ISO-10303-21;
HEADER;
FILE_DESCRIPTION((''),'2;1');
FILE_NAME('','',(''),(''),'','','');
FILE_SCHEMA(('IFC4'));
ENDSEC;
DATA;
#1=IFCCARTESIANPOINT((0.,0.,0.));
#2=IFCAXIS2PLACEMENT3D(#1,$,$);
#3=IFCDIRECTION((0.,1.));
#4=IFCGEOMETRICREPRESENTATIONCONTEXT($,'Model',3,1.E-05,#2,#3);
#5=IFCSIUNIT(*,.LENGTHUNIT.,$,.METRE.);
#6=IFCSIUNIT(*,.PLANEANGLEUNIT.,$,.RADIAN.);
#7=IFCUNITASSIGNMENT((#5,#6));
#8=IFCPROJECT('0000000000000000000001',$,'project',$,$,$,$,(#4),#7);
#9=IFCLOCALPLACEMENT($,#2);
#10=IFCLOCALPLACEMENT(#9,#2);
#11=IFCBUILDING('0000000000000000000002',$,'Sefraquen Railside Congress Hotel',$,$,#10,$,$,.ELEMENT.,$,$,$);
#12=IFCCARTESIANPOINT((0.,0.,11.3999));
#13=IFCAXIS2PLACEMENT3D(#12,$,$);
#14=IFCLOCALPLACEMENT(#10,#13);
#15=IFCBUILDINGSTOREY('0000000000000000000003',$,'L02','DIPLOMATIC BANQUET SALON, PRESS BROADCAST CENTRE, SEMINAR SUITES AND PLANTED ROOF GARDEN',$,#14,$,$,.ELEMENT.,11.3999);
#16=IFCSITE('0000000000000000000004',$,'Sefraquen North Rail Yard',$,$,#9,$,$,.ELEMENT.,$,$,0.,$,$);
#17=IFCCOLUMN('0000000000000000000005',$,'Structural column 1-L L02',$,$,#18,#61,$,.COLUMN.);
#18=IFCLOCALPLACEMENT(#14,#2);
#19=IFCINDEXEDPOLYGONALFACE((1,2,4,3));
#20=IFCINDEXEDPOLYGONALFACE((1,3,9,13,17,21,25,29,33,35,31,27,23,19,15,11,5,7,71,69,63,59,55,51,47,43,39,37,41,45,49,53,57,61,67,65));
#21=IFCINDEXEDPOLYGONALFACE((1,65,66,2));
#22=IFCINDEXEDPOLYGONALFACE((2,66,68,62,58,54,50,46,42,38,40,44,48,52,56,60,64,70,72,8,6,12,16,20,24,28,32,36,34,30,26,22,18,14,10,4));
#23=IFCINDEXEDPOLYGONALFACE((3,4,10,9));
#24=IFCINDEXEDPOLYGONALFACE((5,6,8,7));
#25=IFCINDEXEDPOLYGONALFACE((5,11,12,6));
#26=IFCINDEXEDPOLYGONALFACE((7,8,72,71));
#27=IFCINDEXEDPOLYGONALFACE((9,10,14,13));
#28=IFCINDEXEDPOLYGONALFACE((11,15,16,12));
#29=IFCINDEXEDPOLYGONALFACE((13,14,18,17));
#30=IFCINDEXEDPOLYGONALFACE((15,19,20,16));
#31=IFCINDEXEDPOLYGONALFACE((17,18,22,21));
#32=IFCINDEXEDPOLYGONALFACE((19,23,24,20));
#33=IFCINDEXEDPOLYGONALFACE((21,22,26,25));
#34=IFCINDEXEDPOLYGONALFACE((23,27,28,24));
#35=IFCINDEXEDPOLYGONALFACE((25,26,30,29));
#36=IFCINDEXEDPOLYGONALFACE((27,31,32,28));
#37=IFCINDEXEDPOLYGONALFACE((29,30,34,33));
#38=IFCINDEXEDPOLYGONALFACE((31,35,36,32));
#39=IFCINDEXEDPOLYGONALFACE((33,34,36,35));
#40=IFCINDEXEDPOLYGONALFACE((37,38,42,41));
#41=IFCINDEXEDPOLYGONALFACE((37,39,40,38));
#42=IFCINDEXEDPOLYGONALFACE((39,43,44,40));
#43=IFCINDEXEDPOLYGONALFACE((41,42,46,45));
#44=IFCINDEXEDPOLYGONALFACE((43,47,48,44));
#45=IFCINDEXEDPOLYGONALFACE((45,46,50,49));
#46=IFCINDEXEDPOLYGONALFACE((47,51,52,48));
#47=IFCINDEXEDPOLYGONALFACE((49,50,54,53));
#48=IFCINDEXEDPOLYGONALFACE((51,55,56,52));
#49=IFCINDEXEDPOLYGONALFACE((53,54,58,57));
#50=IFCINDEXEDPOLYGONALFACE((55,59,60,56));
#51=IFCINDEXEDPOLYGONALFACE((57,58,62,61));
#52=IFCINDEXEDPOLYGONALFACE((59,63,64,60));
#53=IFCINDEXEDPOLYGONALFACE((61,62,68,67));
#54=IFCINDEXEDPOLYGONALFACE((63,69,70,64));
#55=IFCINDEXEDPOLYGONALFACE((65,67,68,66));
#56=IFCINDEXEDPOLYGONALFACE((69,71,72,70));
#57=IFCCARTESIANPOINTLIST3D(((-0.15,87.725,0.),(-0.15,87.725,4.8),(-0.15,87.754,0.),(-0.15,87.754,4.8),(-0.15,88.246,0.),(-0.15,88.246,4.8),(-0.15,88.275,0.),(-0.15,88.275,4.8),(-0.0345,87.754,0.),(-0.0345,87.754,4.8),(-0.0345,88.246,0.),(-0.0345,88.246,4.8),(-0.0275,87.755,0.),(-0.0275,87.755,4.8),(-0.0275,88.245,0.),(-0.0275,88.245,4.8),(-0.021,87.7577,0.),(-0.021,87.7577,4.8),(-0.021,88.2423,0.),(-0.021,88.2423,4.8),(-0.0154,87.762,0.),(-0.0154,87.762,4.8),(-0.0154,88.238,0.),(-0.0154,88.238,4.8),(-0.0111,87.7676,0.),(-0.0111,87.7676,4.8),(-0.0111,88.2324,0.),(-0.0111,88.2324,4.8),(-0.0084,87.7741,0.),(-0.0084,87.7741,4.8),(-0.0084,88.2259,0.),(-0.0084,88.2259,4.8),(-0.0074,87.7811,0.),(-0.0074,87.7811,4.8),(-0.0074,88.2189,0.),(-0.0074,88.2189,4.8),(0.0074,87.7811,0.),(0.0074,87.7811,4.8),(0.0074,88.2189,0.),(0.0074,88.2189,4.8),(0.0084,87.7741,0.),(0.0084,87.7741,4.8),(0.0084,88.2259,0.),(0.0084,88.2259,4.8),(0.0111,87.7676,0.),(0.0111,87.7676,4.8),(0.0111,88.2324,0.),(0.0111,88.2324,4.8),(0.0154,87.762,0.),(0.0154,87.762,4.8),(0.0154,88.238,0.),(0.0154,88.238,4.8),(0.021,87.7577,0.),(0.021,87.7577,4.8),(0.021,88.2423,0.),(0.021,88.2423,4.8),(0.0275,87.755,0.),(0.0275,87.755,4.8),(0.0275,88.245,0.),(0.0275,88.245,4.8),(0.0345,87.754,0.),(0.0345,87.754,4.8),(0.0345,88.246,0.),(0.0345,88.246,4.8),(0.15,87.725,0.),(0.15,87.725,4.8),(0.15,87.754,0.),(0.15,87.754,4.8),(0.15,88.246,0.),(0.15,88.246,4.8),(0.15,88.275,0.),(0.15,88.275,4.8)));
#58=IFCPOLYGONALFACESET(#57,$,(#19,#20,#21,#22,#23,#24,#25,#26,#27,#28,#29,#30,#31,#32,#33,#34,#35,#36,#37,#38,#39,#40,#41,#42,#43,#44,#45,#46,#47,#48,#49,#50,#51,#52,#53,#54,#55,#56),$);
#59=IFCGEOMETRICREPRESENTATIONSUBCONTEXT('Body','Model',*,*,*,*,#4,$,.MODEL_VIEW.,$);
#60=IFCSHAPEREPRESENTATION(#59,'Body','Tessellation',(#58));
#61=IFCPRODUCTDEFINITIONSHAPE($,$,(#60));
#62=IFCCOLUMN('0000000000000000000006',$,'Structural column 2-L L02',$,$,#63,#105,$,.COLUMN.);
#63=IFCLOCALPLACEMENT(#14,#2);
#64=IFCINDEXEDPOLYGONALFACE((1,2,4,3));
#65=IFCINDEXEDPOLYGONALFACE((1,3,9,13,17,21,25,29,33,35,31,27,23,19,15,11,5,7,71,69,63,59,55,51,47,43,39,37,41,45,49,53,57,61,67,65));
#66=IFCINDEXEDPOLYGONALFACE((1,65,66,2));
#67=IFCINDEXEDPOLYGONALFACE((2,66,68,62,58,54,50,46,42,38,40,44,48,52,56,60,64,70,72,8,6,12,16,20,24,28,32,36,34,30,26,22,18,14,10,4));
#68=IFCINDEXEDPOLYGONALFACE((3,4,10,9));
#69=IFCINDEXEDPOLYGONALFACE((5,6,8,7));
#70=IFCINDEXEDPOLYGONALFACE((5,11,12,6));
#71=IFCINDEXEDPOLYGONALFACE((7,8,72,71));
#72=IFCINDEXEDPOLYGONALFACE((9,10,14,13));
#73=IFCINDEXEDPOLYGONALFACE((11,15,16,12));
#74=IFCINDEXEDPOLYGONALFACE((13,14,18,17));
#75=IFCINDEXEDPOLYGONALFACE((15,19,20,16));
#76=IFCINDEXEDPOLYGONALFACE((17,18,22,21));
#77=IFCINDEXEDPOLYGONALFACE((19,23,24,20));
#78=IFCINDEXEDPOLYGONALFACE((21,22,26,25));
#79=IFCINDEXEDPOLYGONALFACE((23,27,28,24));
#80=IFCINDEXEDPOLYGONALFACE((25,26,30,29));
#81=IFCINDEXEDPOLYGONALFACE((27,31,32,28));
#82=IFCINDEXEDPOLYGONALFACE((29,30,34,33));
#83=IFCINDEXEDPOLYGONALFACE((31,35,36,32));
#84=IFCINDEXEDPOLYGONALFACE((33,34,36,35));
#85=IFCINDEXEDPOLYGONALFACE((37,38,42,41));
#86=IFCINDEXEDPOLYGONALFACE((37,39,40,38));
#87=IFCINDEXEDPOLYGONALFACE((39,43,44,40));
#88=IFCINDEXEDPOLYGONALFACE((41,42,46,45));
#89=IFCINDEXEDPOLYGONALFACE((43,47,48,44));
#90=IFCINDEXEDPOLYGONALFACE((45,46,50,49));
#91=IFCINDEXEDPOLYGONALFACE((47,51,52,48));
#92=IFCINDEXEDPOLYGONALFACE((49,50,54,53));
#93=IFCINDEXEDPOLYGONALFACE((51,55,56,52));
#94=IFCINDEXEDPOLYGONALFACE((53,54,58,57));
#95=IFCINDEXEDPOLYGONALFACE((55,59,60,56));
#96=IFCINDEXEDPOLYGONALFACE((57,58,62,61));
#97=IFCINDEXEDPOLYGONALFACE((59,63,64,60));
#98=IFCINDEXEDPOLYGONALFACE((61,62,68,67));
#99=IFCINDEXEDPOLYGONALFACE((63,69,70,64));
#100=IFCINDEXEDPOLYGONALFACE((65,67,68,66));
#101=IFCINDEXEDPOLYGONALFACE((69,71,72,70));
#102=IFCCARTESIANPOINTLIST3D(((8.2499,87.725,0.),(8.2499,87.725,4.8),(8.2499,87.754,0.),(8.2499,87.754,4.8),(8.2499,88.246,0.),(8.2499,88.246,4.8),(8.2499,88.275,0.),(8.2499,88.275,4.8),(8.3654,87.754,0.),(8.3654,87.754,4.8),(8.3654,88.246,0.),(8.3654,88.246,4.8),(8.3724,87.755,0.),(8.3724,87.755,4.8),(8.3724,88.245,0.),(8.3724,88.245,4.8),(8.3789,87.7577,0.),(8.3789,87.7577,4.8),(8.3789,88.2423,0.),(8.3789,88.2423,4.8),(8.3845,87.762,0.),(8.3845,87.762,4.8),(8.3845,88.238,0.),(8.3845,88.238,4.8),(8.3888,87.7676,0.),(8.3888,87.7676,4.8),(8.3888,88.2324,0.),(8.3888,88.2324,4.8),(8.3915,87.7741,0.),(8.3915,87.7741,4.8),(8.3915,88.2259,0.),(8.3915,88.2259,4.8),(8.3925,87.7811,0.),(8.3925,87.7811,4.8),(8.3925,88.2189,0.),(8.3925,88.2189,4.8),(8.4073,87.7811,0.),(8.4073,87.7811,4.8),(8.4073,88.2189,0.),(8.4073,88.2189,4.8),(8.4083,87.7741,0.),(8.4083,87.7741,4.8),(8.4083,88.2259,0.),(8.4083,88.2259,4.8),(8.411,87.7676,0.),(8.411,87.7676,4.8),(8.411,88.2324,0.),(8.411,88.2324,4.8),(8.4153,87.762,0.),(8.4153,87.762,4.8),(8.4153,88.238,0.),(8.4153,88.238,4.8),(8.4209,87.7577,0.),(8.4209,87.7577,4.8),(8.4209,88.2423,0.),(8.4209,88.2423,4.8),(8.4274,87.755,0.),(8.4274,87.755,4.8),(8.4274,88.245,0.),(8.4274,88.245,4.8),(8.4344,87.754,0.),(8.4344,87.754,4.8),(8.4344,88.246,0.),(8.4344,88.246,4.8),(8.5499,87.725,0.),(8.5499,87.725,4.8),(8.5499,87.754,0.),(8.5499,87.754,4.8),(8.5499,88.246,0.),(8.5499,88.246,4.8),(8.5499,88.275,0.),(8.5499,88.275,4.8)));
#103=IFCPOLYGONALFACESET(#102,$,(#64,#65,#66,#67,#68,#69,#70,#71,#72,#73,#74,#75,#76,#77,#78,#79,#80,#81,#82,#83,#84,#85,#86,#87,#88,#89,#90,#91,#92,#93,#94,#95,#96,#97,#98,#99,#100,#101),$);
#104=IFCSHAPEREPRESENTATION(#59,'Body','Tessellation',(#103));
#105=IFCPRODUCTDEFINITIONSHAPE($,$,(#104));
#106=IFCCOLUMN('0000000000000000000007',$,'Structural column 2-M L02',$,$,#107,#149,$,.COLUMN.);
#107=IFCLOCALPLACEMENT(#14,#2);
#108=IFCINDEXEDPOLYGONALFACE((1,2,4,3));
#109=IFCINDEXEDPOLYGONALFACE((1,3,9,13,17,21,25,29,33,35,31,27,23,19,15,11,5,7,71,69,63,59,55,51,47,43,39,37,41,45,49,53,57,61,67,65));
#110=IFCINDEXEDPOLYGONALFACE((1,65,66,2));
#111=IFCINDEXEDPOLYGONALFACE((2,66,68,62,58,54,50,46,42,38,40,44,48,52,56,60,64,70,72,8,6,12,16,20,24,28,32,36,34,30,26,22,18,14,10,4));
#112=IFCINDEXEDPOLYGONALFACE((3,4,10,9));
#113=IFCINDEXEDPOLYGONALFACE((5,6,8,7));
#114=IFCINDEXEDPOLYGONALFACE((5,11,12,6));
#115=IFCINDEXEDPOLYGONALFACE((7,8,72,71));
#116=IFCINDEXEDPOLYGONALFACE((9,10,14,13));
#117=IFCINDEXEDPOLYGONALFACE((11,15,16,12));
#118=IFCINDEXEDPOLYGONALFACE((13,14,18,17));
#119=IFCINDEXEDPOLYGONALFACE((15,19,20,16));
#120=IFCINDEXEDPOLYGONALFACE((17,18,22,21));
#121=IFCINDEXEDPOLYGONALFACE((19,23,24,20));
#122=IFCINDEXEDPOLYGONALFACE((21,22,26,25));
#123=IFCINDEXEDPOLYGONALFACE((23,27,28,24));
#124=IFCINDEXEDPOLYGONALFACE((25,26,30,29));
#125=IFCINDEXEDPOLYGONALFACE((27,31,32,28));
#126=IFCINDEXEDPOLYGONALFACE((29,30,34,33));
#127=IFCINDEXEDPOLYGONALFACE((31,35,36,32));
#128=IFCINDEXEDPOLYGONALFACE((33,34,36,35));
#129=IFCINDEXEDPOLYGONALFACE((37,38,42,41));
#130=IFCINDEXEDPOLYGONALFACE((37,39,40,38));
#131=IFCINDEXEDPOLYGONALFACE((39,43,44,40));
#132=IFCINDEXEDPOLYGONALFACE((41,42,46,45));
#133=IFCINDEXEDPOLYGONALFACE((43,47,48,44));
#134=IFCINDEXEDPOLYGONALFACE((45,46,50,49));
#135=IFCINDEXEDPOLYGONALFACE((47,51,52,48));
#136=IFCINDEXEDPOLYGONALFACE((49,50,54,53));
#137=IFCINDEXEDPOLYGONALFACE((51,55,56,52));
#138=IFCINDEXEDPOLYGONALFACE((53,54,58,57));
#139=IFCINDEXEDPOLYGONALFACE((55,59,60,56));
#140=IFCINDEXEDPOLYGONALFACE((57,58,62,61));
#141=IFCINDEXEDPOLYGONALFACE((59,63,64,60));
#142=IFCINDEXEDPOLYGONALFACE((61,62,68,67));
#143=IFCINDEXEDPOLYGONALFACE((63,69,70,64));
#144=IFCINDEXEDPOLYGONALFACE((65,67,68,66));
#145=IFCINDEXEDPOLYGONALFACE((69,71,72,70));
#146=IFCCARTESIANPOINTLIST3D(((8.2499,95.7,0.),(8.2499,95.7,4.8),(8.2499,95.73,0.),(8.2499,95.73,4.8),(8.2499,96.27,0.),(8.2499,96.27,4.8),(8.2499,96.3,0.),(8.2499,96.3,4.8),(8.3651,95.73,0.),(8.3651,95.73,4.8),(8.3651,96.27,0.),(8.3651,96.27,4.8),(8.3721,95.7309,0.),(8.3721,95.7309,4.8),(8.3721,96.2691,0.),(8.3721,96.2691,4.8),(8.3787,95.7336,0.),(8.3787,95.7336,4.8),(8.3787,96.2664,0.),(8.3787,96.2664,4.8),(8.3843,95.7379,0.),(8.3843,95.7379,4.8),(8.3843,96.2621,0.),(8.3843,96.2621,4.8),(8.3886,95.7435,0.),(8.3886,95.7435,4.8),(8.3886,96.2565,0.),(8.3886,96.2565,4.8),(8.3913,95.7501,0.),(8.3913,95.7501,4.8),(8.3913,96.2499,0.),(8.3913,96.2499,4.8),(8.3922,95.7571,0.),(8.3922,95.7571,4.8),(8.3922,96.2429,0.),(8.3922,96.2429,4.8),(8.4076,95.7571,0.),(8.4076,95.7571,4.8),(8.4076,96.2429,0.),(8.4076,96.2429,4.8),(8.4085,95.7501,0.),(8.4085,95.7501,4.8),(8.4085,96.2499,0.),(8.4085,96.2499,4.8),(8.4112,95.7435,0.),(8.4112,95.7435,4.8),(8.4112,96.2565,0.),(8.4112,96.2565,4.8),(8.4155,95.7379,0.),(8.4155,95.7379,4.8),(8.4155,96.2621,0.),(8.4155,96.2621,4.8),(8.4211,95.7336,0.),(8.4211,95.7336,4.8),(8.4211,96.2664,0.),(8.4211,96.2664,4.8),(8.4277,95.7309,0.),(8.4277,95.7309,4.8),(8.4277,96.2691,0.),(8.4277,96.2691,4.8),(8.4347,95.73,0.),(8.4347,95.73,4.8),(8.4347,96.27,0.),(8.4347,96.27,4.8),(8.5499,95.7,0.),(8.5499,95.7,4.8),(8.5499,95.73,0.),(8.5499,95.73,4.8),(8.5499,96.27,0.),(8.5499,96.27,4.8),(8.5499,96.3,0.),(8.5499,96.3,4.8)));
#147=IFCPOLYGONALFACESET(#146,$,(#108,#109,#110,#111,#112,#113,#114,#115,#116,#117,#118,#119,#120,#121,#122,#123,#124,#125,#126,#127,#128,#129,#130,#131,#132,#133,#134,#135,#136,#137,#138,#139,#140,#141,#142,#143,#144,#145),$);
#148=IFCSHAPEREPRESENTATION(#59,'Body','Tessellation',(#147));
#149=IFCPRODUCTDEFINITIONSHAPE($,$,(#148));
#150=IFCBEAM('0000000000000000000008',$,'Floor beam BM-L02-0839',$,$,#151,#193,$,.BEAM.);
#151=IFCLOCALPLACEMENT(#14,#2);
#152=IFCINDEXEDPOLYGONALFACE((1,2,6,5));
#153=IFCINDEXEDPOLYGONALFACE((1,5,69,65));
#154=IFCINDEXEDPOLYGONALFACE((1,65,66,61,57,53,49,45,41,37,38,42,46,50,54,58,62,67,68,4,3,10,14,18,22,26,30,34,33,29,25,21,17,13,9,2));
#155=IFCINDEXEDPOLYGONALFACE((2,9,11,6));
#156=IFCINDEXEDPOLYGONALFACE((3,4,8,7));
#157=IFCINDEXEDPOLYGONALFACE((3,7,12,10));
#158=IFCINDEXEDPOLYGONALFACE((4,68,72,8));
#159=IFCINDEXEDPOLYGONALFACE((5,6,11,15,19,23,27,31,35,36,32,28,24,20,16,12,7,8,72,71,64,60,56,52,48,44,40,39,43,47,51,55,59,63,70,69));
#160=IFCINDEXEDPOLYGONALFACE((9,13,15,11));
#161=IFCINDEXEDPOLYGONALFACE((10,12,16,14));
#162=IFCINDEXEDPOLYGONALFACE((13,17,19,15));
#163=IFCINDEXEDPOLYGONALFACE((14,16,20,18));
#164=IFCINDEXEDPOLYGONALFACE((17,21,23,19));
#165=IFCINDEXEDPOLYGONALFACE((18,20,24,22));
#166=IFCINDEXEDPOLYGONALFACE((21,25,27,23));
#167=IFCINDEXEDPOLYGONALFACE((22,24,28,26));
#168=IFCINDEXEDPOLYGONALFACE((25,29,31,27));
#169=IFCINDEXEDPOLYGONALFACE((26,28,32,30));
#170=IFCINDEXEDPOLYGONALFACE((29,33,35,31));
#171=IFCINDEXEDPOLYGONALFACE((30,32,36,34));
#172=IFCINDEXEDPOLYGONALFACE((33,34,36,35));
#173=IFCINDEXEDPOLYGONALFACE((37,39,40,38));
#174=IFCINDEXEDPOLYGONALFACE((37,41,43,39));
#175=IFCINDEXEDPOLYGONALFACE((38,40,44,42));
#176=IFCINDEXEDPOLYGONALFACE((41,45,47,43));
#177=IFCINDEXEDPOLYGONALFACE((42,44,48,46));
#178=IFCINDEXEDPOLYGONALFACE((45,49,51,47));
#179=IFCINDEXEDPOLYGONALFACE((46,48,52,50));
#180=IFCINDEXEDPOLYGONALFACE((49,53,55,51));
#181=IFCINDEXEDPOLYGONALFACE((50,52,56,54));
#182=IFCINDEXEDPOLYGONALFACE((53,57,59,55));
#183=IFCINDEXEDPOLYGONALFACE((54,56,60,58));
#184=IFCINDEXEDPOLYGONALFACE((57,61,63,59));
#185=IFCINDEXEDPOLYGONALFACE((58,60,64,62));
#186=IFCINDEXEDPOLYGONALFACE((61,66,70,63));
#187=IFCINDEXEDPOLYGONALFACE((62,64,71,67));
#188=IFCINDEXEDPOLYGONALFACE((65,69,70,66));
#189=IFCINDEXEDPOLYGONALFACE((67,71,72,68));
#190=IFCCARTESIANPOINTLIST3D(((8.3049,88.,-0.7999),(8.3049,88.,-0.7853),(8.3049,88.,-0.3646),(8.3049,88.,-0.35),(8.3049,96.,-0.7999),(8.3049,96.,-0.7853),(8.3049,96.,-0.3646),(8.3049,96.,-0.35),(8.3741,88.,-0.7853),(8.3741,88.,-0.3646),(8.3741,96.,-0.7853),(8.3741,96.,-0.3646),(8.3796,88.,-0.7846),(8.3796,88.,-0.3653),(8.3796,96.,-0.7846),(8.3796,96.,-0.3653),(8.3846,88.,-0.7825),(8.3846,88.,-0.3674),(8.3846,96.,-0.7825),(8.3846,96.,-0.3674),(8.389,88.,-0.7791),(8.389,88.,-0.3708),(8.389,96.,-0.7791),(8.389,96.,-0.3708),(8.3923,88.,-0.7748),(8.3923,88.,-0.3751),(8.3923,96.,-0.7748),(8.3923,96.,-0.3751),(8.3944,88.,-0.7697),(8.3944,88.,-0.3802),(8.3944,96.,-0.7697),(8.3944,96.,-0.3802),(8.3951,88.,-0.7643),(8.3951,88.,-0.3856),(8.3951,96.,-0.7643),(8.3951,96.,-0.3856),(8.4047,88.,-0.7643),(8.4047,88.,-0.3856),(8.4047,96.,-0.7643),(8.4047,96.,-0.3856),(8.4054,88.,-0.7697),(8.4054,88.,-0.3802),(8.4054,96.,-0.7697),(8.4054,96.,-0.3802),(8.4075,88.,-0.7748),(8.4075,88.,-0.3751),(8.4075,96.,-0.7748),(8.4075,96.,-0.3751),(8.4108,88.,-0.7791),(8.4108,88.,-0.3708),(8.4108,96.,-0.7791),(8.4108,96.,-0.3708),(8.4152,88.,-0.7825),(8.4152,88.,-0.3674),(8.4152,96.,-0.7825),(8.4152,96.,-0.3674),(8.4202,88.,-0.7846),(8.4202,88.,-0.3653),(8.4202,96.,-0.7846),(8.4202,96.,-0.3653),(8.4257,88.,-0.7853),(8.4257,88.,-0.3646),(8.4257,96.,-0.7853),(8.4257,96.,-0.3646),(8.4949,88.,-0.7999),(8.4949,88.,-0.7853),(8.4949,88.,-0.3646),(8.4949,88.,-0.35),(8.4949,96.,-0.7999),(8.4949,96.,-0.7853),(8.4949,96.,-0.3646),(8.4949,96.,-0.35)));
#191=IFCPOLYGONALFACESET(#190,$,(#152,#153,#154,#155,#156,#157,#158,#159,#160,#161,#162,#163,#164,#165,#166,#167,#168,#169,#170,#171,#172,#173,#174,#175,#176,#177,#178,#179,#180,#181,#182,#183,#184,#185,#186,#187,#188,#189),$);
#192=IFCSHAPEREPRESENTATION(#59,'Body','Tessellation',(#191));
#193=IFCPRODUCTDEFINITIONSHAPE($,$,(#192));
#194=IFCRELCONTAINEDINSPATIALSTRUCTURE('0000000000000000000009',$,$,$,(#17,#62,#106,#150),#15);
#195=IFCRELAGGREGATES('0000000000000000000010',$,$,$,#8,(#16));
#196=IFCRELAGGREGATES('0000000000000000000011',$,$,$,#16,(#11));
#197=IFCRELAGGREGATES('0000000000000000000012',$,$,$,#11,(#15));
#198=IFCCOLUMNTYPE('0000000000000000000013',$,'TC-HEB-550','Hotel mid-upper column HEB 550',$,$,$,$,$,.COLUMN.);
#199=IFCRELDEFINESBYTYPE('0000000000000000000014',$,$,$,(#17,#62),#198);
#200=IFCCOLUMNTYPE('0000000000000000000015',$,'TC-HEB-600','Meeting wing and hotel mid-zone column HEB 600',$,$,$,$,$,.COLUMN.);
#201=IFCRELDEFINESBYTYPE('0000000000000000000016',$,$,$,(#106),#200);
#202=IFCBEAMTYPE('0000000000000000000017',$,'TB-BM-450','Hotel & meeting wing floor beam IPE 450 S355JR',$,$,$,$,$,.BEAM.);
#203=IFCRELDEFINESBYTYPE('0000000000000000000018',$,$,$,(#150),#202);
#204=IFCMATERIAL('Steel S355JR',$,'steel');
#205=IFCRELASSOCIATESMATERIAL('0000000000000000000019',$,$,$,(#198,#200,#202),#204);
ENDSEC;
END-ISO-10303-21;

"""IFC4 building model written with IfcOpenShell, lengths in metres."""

from ifc_helpers import new_model, si_unit, direction, frame, origin, origin_2d, place, context, subcontext, project, spatial, i_section, extrude, material, material_profile, profile_set, type_object, element, save


model = new_model("IFC4")

# Units and contexts
model_context = context("Model", 3, precision=1e-05, world=origin(), true_north=direction((0.0, 1.0)))
body_context = subcontext(model_context, "Body", "Model", "MODEL_VIEW")
ifc_project = project(units=[si_unit("LENGTHUNIT", "METRE"), si_unit("PLANEANGLEUNIT", "RADIAN")], contexts=[model_context])

# Site, building, storey
site_placement = place(None, origin())
site = spatial("IfcSite", under=ifc_project, at=site_placement, Name="Sefraquen North Rail Yard", CompositionType="ELEMENT", RefElevation=0.0)
building_placement = place(site_placement, origin())
building = spatial("IfcBuilding", under=site, at=building_placement, Name="Sefraquen Railside Congress Hotel", CompositionType="ELEMENT")
storey_placement = place(building_placement, frame((0.0, 0.0, 11.3999)))
storey = spatial("IfcBuildingStorey", under=building, at=storey_placement, Name="L02", Description="DIPLOMATIC BANQUET SALON, PRESS BROADCAST CENTRE, SEMINAR SUITES AND PLANTED ROOF GARDEN", CompositionType="ELEMENT", Elevation=11.3999)

# Columns
ifc_material_1 = material(Name="Steel S355JR", Category="steel")
ifc_material_profile_1 = material_profile(ifc_material_1, i_section(OverallWidth=0.3, OverallDepth=0.55, WebThickness=0.0149, FlangeThickness=0.0291, FilletRadius=0.0271, at=origin_2d()), Name="HEB 550")
ifc_profile_set_1 = profile_set([ifc_material_profile_1], Name="Steel S355JR")
column_type_1 = type_object("IfcColumnType", Name="TC-HEB-550", Description="Hotel mid-upper column HEB 550", PredefinedType="COLUMN", material=ifc_profile_set_1)
for number, where, z_axis, x_axis, name in (
    (1, (0.0, 88.0, 0.0), (0.0, 0.0, 1.0), (1.0, 0.0, 0.0), "Structural column 1-L L02"),
    (2, (8.3999, 88.0, 0.0), (0.0, 0.0, 1.0), (1.0, 0.0, 0.0), "Structural column 2-L L02"),
):
    element("IfcColumn", number, at=place(storey_placement, frame(where, z_axis=z_axis, x_axis=x_axis)), inside=storey, type_object=column_type_1, Name=name, PredefinedType="COLUMN", context=body_context, shape_type="SweptSolid", body=[
        extrude(i_section(OverallWidth=0.3, OverallDepth=0.55, WebThickness=0.0149, FlangeThickness=0.0291, FilletRadius=0.0271, at=origin_2d()), origin(), (0.0, 0.0, 1.0), 4.8),
    ])
ifc_material_profile_2 = material_profile(ifc_material_1, i_section(OverallWidth=0.3, OverallDepth=0.6001, WebThickness=0.0154, FlangeThickness=0.03, FilletRadius=0.0271, at=origin_2d()), Name="HEB 600")
ifc_profile_set_2 = profile_set([ifc_material_profile_2], Name="Steel S355JR")
column_type_2 = type_object("IfcColumnType", Name="TC-HEB-600", Description="Meeting wing and hotel mid-zone column HEB 600", PredefinedType="COLUMN", material=ifc_profile_set_2)
column_placement = place(storey_placement, frame((8.3999, 96.0, 0.0), z_axis=(0.0, 0.0, 1.0), x_axis=(1.0, 0.0, 0.0)))
element("IfcColumn", 3, at=column_placement, inside=storey, type_object=column_type_2, Name="Structural column 2-M L02", PredefinedType="COLUMN", context=body_context, shape_type="SweptSolid", body=[
    extrude(i_section(OverallWidth=0.3, OverallDepth=0.6001, WebThickness=0.0154, FlangeThickness=0.03, FilletRadius=0.0271, at=origin_2d()), origin(), (0.0, 0.0, 1.0), 4.8),
])

# Beam
ifc_material_profile_3 = material_profile(ifc_material_1, i_section(OverallWidth=0.1899, OverallDepth=0.45, WebThickness=0.0095, FlangeThickness=0.0146, FilletRadius=0.021, at=origin_2d()), Name="IPE 450")
ifc_profile_set_3 = profile_set([ifc_material_profile_3], Name="Steel S355JR")
beam_type_1 = type_object("IfcBeamType", Name="TB-BM-450", Description="Hotel & meeting wing floor beam IPE 450 S355JR", PredefinedType="BEAM", material=ifc_profile_set_3)
beam_1_placement = place(storey_placement, frame((8.3999, 88.0, -0.575), z_axis=(0.0, 1.0, 0.0), x_axis=(-1.0, 0.0, 0.0)))
element("IfcBeam", 4, at=beam_1_placement, inside=storey, type_object=beam_type_1, Name="Floor beam BM-L02-0839", PredefinedType="BEAM", context=body_context, shape_type="SweptSolid", body=[
    extrude(i_section(OverallWidth=0.1899, OverallDepth=0.45, WebThickness=0.0095, FlangeThickness=0.0146, FilletRadius=0.021, at=origin_2d()), origin(), (0.0, 0.0, 1.0), 8.0),
])

save(model, "model.ifc")
